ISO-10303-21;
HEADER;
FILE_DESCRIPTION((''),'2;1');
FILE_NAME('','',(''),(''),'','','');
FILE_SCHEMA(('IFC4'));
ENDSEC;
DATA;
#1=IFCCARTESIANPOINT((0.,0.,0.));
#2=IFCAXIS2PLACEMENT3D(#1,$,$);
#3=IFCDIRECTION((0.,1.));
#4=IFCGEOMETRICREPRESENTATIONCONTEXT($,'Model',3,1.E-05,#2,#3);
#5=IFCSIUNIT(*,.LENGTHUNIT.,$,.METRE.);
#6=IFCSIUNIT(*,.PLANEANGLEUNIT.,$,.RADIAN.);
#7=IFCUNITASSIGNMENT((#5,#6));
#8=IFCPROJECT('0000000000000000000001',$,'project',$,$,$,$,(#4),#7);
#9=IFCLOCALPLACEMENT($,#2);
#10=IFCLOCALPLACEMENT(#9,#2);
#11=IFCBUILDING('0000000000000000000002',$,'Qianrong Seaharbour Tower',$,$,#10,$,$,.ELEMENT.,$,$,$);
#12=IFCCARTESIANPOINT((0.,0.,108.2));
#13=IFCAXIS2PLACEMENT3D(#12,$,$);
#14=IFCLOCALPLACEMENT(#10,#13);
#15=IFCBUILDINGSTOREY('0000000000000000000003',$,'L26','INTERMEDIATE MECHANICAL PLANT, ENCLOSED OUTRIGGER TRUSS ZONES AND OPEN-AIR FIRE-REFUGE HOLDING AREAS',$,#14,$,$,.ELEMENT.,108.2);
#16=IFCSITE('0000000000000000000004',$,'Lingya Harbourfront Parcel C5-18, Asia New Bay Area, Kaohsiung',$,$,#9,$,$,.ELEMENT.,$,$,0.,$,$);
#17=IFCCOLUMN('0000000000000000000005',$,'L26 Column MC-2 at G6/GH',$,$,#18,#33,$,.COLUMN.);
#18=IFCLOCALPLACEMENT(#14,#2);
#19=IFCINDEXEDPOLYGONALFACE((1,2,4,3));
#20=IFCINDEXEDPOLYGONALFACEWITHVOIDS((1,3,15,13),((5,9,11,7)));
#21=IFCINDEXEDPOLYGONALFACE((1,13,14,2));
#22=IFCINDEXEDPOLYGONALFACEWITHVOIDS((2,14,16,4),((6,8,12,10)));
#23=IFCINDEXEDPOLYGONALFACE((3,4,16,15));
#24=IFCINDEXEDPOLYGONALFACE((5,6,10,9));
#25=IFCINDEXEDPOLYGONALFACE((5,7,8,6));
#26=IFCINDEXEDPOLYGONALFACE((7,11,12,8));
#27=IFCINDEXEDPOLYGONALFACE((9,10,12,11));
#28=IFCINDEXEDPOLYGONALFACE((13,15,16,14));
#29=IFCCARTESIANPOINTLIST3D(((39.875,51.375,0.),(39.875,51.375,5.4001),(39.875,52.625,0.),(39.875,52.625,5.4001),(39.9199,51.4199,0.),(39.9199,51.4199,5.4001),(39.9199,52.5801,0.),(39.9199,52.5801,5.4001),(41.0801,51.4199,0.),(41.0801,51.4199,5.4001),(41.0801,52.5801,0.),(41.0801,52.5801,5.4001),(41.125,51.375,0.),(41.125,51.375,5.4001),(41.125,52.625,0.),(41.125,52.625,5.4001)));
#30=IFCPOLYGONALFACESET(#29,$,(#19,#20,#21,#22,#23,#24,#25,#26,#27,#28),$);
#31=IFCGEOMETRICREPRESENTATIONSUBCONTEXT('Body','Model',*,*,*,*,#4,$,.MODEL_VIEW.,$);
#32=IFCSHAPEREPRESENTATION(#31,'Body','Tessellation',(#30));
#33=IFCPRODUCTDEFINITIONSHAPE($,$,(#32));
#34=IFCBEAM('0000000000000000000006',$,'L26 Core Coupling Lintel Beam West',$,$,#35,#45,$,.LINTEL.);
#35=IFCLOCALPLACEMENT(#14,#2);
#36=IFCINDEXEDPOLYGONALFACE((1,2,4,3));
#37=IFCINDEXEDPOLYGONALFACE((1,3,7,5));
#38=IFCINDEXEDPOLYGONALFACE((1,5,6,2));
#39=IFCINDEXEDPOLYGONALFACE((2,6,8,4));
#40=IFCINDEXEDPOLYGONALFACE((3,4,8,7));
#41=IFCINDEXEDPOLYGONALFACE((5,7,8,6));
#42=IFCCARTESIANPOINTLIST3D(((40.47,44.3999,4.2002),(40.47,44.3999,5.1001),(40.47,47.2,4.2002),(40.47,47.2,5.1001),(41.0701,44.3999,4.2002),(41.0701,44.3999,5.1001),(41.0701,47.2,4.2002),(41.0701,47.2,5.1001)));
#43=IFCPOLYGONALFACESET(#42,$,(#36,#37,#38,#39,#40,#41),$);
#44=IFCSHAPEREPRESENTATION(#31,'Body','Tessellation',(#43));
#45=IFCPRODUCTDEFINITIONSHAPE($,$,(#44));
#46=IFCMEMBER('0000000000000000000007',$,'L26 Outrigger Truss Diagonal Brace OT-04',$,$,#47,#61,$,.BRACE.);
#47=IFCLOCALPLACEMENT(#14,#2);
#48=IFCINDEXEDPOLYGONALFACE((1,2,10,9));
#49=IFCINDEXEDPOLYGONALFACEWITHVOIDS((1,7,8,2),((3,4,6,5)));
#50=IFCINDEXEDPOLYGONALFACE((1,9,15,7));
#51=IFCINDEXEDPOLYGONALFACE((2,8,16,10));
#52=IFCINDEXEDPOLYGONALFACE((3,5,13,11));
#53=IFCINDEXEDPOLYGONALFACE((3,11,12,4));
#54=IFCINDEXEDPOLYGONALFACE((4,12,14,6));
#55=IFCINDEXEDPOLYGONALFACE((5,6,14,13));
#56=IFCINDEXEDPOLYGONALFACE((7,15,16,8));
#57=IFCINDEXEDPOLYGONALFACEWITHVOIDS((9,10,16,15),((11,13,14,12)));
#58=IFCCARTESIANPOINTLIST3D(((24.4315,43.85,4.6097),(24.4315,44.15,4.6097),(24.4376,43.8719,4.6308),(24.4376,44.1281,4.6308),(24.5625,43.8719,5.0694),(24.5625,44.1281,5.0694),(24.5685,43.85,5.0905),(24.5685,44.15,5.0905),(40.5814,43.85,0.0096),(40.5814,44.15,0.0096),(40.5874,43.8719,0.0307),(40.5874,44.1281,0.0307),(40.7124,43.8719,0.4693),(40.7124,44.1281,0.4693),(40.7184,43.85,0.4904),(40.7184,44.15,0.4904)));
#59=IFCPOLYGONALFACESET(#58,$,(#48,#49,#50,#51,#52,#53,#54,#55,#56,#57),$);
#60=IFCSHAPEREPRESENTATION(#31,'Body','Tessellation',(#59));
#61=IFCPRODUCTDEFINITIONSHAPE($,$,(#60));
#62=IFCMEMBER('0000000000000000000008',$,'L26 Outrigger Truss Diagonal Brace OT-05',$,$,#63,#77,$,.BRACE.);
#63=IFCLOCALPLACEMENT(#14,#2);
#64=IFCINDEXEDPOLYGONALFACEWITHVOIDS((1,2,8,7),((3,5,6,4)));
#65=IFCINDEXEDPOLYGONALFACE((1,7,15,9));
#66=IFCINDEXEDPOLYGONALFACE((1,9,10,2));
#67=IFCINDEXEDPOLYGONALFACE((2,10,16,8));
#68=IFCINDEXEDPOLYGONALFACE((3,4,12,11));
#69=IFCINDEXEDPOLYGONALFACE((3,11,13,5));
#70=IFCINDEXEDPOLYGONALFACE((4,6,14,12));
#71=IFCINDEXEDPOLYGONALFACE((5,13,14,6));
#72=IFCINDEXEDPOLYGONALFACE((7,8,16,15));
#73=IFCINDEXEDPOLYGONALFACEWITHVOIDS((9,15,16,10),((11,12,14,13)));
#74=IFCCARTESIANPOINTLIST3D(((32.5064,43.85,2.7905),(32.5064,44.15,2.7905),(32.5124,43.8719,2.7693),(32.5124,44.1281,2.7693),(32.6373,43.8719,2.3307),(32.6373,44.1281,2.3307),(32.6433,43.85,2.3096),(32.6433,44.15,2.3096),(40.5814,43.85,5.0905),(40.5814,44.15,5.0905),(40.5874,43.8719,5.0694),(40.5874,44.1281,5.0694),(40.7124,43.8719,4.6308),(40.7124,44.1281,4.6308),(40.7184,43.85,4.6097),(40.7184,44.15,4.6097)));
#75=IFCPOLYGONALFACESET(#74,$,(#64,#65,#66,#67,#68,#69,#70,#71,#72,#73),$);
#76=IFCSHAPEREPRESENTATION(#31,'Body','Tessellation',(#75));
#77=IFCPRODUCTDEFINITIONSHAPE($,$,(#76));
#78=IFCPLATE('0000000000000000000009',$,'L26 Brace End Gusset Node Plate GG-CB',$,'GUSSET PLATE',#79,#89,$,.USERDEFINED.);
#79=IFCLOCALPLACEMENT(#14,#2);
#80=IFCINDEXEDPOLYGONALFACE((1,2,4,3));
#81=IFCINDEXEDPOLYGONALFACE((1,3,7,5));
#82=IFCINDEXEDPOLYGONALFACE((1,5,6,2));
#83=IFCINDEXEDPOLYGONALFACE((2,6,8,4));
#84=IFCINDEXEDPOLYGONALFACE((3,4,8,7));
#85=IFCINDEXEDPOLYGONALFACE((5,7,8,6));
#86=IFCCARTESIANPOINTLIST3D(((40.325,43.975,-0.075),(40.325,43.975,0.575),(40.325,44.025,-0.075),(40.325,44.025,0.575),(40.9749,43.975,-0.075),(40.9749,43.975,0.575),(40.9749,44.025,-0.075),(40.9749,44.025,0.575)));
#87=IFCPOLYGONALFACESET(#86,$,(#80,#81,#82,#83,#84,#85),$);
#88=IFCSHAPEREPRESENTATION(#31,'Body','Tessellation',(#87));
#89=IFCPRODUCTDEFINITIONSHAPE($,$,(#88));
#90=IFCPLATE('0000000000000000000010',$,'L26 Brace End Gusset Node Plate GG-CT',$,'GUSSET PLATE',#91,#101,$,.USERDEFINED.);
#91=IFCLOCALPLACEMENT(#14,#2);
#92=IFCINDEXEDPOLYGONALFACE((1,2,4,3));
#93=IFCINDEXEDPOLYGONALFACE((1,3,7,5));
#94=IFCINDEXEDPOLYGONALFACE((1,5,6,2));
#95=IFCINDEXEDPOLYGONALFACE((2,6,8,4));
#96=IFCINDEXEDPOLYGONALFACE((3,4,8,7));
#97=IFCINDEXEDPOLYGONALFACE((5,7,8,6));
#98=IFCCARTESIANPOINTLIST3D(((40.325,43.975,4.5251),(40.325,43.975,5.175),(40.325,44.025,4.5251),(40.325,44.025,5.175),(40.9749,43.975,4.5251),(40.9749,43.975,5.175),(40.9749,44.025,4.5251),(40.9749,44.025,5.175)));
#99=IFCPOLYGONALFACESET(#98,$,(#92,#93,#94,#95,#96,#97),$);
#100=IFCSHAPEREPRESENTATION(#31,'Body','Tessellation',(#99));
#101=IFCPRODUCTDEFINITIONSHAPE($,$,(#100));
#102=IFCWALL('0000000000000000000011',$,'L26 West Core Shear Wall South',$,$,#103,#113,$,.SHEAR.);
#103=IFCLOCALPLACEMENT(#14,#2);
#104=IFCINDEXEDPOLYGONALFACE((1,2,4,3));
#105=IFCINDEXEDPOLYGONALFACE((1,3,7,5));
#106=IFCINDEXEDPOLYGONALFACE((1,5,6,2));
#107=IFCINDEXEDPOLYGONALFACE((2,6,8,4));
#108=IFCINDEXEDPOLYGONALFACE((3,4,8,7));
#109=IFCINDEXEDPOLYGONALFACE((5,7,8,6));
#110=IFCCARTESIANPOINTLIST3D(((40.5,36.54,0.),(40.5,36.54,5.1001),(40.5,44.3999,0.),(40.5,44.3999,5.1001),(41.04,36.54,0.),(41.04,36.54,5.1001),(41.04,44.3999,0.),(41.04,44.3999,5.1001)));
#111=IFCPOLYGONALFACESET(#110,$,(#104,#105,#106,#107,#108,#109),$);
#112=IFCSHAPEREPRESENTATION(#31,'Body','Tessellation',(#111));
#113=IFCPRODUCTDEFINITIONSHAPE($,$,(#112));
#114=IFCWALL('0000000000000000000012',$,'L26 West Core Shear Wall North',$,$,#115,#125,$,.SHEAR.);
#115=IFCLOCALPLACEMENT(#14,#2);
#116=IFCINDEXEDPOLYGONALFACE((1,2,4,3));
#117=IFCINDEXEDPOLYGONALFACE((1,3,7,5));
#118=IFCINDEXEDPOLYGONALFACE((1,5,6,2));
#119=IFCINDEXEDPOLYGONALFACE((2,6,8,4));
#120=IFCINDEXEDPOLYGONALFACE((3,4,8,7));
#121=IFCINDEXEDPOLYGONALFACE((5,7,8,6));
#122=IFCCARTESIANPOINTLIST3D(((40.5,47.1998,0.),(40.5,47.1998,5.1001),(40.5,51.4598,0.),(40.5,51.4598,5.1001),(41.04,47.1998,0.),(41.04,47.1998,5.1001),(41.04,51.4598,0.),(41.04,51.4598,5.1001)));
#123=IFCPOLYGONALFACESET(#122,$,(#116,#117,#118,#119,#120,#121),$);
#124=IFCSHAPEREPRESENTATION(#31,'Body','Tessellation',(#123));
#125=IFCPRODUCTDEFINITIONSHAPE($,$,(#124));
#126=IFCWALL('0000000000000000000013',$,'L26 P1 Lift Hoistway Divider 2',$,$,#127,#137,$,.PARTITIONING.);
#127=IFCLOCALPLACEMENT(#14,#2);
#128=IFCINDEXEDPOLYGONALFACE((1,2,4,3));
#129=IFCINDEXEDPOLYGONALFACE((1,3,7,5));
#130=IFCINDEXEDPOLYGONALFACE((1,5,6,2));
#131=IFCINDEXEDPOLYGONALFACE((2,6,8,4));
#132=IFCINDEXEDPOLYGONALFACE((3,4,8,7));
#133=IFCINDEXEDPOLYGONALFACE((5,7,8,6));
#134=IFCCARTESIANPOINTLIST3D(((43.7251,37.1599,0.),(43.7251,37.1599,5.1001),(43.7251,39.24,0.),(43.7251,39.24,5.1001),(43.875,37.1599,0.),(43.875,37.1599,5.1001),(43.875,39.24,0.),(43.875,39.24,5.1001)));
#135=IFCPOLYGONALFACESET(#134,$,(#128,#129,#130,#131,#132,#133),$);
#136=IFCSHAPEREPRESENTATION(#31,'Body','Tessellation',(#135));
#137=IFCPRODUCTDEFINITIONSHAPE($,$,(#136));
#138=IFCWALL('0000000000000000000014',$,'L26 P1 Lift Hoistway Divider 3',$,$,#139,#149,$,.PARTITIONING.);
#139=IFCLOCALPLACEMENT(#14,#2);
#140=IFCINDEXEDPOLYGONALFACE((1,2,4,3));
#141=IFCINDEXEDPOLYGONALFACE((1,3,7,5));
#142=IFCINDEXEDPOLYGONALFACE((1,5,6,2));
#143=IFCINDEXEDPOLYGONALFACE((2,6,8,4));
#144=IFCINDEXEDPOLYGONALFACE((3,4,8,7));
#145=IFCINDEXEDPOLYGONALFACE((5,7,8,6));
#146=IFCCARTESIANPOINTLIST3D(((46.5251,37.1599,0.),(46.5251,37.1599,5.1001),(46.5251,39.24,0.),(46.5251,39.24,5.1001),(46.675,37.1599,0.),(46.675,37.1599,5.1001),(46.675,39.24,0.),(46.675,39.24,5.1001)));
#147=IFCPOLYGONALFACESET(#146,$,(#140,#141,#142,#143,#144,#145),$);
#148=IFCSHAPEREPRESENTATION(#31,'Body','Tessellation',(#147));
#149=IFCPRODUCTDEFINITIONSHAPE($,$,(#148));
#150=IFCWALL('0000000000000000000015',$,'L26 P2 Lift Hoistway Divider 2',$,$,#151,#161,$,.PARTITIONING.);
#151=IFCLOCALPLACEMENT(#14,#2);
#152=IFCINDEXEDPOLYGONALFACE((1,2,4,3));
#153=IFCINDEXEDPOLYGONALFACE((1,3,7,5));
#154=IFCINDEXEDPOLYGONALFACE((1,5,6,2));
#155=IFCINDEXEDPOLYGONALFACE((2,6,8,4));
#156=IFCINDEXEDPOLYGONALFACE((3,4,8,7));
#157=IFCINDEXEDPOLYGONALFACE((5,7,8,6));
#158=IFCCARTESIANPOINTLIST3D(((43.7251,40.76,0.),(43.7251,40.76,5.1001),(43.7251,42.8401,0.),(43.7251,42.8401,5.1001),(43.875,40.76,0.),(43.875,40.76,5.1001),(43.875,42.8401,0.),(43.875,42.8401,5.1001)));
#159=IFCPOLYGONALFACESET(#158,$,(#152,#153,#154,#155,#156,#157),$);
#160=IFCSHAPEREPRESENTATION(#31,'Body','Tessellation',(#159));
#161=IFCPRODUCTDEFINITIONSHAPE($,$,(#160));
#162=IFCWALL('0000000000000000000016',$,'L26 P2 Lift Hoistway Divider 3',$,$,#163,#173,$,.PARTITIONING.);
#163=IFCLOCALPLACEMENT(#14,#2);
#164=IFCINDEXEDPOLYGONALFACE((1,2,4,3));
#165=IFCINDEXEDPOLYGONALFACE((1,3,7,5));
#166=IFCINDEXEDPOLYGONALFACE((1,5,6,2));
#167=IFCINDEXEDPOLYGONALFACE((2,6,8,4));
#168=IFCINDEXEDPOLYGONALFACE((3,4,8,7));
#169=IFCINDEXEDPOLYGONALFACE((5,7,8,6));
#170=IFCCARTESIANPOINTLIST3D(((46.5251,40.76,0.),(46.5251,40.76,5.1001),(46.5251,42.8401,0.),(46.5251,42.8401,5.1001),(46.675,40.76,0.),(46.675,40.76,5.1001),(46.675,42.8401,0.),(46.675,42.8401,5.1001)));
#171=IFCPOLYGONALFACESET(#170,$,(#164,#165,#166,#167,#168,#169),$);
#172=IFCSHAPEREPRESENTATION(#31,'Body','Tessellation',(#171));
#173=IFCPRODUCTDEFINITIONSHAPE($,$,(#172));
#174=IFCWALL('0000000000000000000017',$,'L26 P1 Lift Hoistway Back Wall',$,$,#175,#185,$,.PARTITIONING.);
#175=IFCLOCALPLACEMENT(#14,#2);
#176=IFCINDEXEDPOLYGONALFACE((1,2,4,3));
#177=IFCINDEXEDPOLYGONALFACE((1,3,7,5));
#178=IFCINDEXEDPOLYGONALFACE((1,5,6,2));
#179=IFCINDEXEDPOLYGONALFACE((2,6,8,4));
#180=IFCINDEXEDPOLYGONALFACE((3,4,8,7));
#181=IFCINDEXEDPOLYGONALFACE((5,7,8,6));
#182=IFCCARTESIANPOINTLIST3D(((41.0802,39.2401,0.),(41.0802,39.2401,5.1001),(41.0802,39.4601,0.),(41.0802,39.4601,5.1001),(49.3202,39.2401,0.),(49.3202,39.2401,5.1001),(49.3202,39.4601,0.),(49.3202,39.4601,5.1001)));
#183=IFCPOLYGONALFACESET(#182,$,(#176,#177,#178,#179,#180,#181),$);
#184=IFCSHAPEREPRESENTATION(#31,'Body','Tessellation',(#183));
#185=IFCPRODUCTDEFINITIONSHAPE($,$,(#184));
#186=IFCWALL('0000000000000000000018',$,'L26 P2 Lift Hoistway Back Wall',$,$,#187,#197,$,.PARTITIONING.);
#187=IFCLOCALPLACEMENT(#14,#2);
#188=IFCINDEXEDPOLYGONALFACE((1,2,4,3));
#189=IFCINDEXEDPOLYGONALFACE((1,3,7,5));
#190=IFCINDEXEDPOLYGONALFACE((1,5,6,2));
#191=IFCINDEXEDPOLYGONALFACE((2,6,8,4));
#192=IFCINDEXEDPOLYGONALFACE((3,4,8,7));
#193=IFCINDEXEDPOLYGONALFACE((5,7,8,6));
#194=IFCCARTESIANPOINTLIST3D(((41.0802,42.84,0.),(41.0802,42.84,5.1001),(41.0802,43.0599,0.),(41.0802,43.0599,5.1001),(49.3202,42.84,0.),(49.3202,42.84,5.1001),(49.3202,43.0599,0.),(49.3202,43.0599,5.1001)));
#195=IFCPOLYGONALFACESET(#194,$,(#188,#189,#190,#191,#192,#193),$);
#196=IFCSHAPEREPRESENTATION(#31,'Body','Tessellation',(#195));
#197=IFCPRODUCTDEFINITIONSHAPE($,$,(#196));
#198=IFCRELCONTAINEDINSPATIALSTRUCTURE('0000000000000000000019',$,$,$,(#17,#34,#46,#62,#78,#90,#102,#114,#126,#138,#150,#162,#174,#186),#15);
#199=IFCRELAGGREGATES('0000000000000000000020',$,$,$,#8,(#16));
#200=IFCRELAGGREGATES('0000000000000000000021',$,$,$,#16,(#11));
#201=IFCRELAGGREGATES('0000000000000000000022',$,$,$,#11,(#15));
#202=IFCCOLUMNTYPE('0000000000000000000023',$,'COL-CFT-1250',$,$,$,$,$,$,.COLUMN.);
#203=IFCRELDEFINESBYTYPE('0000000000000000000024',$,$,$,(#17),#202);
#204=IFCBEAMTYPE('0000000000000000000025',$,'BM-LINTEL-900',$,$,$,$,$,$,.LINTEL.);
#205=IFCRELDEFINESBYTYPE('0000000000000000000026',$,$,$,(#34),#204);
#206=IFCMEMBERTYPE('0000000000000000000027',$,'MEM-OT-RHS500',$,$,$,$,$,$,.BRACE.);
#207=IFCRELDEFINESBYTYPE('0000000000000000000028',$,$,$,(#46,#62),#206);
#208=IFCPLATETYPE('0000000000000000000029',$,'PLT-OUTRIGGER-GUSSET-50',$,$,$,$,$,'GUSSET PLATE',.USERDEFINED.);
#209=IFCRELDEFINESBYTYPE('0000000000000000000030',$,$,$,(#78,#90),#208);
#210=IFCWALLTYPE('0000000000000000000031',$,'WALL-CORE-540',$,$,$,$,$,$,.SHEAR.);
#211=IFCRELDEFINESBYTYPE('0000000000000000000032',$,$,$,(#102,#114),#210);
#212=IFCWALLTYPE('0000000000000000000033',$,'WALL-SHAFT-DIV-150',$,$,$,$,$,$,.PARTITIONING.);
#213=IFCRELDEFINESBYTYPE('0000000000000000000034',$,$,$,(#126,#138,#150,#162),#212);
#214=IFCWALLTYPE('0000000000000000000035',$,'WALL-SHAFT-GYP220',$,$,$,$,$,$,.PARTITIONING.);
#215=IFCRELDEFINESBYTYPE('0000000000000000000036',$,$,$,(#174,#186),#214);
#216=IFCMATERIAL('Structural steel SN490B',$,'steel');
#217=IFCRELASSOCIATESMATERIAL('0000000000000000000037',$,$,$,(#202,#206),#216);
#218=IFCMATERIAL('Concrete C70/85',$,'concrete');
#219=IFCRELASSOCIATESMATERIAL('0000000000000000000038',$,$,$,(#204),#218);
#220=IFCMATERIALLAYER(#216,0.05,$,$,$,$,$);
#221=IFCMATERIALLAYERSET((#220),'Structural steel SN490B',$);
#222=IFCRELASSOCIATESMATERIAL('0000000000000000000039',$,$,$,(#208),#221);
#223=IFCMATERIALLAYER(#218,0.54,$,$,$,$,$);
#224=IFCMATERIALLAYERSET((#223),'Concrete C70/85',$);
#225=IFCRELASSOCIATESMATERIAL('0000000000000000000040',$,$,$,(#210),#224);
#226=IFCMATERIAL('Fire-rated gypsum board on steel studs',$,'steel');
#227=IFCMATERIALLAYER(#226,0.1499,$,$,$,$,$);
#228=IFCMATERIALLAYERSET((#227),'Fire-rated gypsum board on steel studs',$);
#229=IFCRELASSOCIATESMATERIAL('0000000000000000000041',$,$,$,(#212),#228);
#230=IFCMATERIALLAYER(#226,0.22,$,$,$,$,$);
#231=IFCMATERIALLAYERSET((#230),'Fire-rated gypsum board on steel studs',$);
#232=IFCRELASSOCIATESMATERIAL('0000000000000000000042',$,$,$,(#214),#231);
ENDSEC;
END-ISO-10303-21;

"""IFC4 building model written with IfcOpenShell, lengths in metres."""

from ifc_helpers import new_model, si_unit, direction, frame, frame_2d, origin, origin_2d, place, context, subcontext, project, spatial, rectangle, hollow_rectangle, extrude, material, layer, layer_set, material_profile, profile_set, type_object, element, save


model = new_model("IFC4")

# Units and contexts
model_context = context("Model", 3, precision=1e-05, world=origin(), true_north=direction((0.0, 1.0)))
body_context = subcontext(model_context, "Body", "Model", "MODEL_VIEW")
ifc_project = project(units=[si_unit("LENGTHUNIT", "METRE"), si_unit("PLANEANGLEUNIT", "RADIAN")], contexts=[model_context])

# Site, building, storey
site_placement = place(None, origin())
site = spatial("IfcSite", under=ifc_project, at=site_placement, Name="Lingya Harbourfront Parcel C5-18, Asia New Bay Area, Kaohsiung", CompositionType="ELEMENT", RefElevation=0.0)
building_placement = place(site_placement, origin())
building = spatial("IfcBuilding", under=site, at=building_placement, Name="Qianrong Seaharbour Tower", CompositionType="ELEMENT")
storey_placement = place(building_placement, frame((0.0, 0.0, 108.2)))
storey = spatial("IfcBuildingStorey", under=building, at=storey_placement, Name="L26", Description="INTERMEDIATE MECHANICAL PLANT, ENCLOSED OUTRIGGER TRUSS ZONES AND OPEN-AIR FIRE-REFUGE HOLDING AREAS", CompositionType="ELEMENT", Elevation=108.2)

# Column
ifc_material_1 = material(Name="Structural steel SN490B", Category="steel")
ifc_material_profile_1 = material_profile(ifc_material_1, hollow_rectangle(XDim=1.25, YDim=1.25, WallThickness=0.0449, at=origin_2d()), Name="BOX1250x1250x45")
ifc_profile_set_1 = profile_set([ifc_material_profile_1], Name="Structural steel SN490B")
column_type = type_object("IfcColumnType", Name="COL-CFT-1250", PredefinedType="COLUMN", material=ifc_profile_set_1)
column_placement = place(storey_placement, frame((40.5, 52.0, 0.0), z_axis=(0.0, 0.0, 1.0), x_axis=(1.0, 0.0, 0.0)))
element("IfcColumn", 1, at=column_placement, inside=storey, type_object=column_type, Name="L26 Column MC-2 at G6/GH", PredefinedType="COLUMN", context=body_context, shape_type="SweptSolid", body=[
    extrude(hollow_rectangle(XDim=1.25, YDim=1.25, WallThickness=0.0449, at=origin_2d()), origin(), (0.0, 0.0, 1.0), 5.4001),
])

# Beam
ifc_material_2 = material(Name="Concrete C70/85", Category="concrete")
ifc_material_profile_2 = material_profile(ifc_material_2, rectangle(XDim=0.6001, YDim=0.8999, at=origin_2d()), Name="RC600x900")
ifc_profile_set_2 = profile_set([ifc_material_profile_2], Name="Concrete C70/85")
beam_type = type_object("IfcBeamType", Name="BM-LINTEL-900", PredefinedType="LINTEL", material=ifc_profile_set_2)
beam_placement = place(storey_placement, frame((40.77, 44.3999, 4.6501), z_axis=(0.0, 1.0, 0.0), x_axis=(-1.0, 0.0, 0.0)))
element("IfcBeam", 2, at=beam_placement, inside=storey, type_object=beam_type, Name="L26 Core Coupling Lintel Beam West", PredefinedType="LINTEL", context=body_context, shape_type="SweptSolid", body=[
    extrude(rectangle(XDim=0.6001, YDim=0.8999, at=origin_2d()), origin(), (0.0, 0.0, 1.0), 2.8),
])

# Members
ifc_material_profile_3 = material_profile(ifc_material_1, hollow_rectangle(XDim=0.3, YDim=0.5, WallThickness=0.022, at=origin_2d()), Name="RHS500x300x22")
ifc_profile_set_3 = profile_set([ifc_material_profile_3], Name="Structural steel SN490B")
member_type = type_object("IfcMemberType", Name="MEM-OT-RHS500", PredefinedType="BRACE", material=ifc_profile_set_3)
member_1_placement = place(storey_placement, frame((40.6499, 44.0, 0.25), z_axis=(-0.961746, 0.0, 0.273941), x_axis=(0.0, -1.0, 0.0)))
element("IfcMember", 3, at=member_1_placement, inside=storey, type_object=member_type, Name="L26 Outrigger Truss Diagonal Brace OT-04", PredefinedType="BRACE", context=body_context, shape_type="SweptSolid", body=[
    extrude(hollow_rectangle(XDim=0.3, YDim=0.5, WallThickness=0.022, at=origin_2d()), origin(), (0.0, 0.0, 1.0), 16.7922),
])
member_2_placement = place(storey_placement, frame((40.6499, 44.0, 4.8501), z_axis=(-0.961746, 0.0, -0.273941), x_axis=(0.0, -1.0, 0.0)))
element("IfcMember", 4, at=member_2_placement, inside=storey, type_object=member_type, Name="L26 Outrigger Truss Diagonal Brace OT-05", PredefinedType="BRACE", context=body_context, shape_type="SweptSolid", body=[
    extrude(hollow_rectangle(XDim=0.3, YDim=0.5, WallThickness=0.022, at=origin_2d()), origin(), (0.0, 0.0, 1.0), 8.3962),
])

# Plates
ifc_layer_1 = layer(ifc_material_1, 0.05)
ifc_layer_set_1 = layer_set([ifc_layer_1], Name="Structural steel SN490B")
plate_type = type_object("IfcPlateType", Name="PLT-OUTRIGGER-GUSSET-50", ElementType="GUSSET PLATE", PredefinedType="USERDEFINED", material=ifc_layer_set_1)
for number, where, z_axis, x_axis, name in (
    (5, (40.6499, 44.0, -0.075), (0.0, 0.0, 1.0), (1.0, 0.0, 0.0), "L26 Brace End Gusset Node Plate GG-CB"),
    (6, (40.6499, 44.0, 4.5251), (0.0, 0.0, 1.0), (1.0, 0.0, 0.0), "L26 Brace End Gusset Node Plate GG-CT"),
):
    element("IfcPlate", number, at=place(storey_placement, frame(where, z_axis=z_axis, x_axis=x_axis)), inside=storey, type_object=plate_type, Name=name, ObjectType="GUSSET PLATE", PredefinedType="USERDEFINED", context=body_context, shape_type="SweptSolid", body=[
        extrude(rectangle(XDim=0.6499, YDim=0.05, at=origin_2d()), origin(), (0.0, 0.0, 1.0), 0.6499),
    ])

# Walls
ifc_layer_2 = layer(ifc_material_2, 0.54)
ifc_layer_set_2 = layer_set([ifc_layer_2], Name="Concrete C70/85")
wall_type_1 = type_object("IfcWallType", Name="WALL-CORE-540", PredefinedType="SHEAR", material=ifc_layer_set_2)
wall_1_placement = place(storey_placement, frame((40.77, 36.54, 0.0), z_axis=(0.0, 0.0, 1.0), x_axis=(0.0, 1.0, 0.0)))
element("IfcWall", 7, at=wall_1_placement, inside=storey, type_object=wall_type_1, Name="L26 West Core Shear Wall South", PredefinedType="SHEAR", context=body_context, shape_type="SweptSolid", body=[
    extrude(rectangle(XDim=7.8599, YDim=0.54, at=frame_2d((3.9299, 0.0))), origin(), (0.0, 0.0, 1.0), 5.1001),
])
wall_2_placement = place(storey_placement, frame((40.77, 47.2, 0.0), z_axis=(0.0, 0.0, 1.0), x_axis=(0.0, 1.0, 0.0)))
element("IfcWall", 8, at=wall_2_placement, inside=storey, type_object=wall_type_1, Name="L26 West Core Shear Wall North", PredefinedType="SHEAR", context=body_context, shape_type="SweptSolid", body=[
    extrude(rectangle(XDim=4.26, YDim=0.54, at=frame_2d((2.1299, 0.0))), origin(), (0.0, 0.0, 1.0), 5.1001),
])

# Walls
ifc_material_3 = material(Name="Fire-rated gypsum board on steel studs", Category="steel")
ifc_layer_3 = layer(ifc_material_3, 0.1499)
ifc_layer_set_3 = layer_set([ifc_layer_3], Name="Fire-rated gypsum board on steel studs")
wall_type_2 = type_object("IfcWallType", Name="WALL-SHAFT-DIV-150", PredefinedType="PARTITIONING", material=ifc_layer_set_3)
for number, where, z_axis, x_axis, name in (
    (9, (43.8, 37.1599, 0.0), (0.0, 0.0, 1.0), (0.0, 1.0, 0.0), "L26 P1 Lift Hoistway Divider 2"),
    (10, (46.6001, 37.1599, 0.0), (0.0, 0.0, 1.0), (0.0, 1.0, 0.0), "L26 P1 Lift Hoistway Divider 3"),
    (11, (43.8, 40.76, 0.0), (0.0, 0.0, 1.0), (0.0, 1.0, 0.0), "L26 P2 Lift Hoistway Divider 2"),
    (12, (46.6001, 40.76, 0.0), (0.0, 0.0, 1.0), (0.0, 1.0, 0.0), "L26 P2 Lift Hoistway Divider 3"),
):
    element("IfcWall", number, at=place(storey_placement, frame(where, z_axis=z_axis, x_axis=x_axis)), inside=storey, type_object=wall_type_2, Name=name, PredefinedType="PARTITIONING", context=body_context, shape_type="SweptSolid", body=[
        extrude(rectangle(XDim=2.0801, YDim=0.1499, at=frame_2d((1.04, 0.0))), origin(), (0.0, 0.0, 1.0), 5.1001),
    ])
ifc_layer_4 = layer(ifc_material_3, 0.22)
ifc_layer_set_4 = layer_set([ifc_layer_4], Name="Fire-rated gypsum board on steel studs")
wall_type_3 = type_object("IfcWallType", Name="WALL-SHAFT-GYP220", PredefinedType="PARTITIONING", material=ifc_layer_set_4)
for number, where, z_axis, x_axis, name in (
    (13, (41.0801, 39.3501, 0.0), (0.0, 0.0, 1.0), (1.0, 0.0, 0.0), "L26 P1 Lift Hoistway Back Wall"),
    (14, (41.0801, 42.95, 0.0), (0.0, 0.0, 1.0), (1.0, 0.0, 0.0), "L26 P2 Lift Hoistway Back Wall"),
):
    element("IfcWall", number, at=place(storey_placement, frame(where, z_axis=z_axis, x_axis=x_axis)), inside=storey, type_object=wall_type_3, Name=name, PredefinedType="PARTITIONING", context=body_context, shape_type="SweptSolid", body=[
        extrude(rectangle(XDim=8.24, YDim=0.22, at=frame_2d((4.1201, 0.0))), origin(), (0.0, 0.0, 1.0), 5.1001),
    ])

save(model, "model.ifc")
